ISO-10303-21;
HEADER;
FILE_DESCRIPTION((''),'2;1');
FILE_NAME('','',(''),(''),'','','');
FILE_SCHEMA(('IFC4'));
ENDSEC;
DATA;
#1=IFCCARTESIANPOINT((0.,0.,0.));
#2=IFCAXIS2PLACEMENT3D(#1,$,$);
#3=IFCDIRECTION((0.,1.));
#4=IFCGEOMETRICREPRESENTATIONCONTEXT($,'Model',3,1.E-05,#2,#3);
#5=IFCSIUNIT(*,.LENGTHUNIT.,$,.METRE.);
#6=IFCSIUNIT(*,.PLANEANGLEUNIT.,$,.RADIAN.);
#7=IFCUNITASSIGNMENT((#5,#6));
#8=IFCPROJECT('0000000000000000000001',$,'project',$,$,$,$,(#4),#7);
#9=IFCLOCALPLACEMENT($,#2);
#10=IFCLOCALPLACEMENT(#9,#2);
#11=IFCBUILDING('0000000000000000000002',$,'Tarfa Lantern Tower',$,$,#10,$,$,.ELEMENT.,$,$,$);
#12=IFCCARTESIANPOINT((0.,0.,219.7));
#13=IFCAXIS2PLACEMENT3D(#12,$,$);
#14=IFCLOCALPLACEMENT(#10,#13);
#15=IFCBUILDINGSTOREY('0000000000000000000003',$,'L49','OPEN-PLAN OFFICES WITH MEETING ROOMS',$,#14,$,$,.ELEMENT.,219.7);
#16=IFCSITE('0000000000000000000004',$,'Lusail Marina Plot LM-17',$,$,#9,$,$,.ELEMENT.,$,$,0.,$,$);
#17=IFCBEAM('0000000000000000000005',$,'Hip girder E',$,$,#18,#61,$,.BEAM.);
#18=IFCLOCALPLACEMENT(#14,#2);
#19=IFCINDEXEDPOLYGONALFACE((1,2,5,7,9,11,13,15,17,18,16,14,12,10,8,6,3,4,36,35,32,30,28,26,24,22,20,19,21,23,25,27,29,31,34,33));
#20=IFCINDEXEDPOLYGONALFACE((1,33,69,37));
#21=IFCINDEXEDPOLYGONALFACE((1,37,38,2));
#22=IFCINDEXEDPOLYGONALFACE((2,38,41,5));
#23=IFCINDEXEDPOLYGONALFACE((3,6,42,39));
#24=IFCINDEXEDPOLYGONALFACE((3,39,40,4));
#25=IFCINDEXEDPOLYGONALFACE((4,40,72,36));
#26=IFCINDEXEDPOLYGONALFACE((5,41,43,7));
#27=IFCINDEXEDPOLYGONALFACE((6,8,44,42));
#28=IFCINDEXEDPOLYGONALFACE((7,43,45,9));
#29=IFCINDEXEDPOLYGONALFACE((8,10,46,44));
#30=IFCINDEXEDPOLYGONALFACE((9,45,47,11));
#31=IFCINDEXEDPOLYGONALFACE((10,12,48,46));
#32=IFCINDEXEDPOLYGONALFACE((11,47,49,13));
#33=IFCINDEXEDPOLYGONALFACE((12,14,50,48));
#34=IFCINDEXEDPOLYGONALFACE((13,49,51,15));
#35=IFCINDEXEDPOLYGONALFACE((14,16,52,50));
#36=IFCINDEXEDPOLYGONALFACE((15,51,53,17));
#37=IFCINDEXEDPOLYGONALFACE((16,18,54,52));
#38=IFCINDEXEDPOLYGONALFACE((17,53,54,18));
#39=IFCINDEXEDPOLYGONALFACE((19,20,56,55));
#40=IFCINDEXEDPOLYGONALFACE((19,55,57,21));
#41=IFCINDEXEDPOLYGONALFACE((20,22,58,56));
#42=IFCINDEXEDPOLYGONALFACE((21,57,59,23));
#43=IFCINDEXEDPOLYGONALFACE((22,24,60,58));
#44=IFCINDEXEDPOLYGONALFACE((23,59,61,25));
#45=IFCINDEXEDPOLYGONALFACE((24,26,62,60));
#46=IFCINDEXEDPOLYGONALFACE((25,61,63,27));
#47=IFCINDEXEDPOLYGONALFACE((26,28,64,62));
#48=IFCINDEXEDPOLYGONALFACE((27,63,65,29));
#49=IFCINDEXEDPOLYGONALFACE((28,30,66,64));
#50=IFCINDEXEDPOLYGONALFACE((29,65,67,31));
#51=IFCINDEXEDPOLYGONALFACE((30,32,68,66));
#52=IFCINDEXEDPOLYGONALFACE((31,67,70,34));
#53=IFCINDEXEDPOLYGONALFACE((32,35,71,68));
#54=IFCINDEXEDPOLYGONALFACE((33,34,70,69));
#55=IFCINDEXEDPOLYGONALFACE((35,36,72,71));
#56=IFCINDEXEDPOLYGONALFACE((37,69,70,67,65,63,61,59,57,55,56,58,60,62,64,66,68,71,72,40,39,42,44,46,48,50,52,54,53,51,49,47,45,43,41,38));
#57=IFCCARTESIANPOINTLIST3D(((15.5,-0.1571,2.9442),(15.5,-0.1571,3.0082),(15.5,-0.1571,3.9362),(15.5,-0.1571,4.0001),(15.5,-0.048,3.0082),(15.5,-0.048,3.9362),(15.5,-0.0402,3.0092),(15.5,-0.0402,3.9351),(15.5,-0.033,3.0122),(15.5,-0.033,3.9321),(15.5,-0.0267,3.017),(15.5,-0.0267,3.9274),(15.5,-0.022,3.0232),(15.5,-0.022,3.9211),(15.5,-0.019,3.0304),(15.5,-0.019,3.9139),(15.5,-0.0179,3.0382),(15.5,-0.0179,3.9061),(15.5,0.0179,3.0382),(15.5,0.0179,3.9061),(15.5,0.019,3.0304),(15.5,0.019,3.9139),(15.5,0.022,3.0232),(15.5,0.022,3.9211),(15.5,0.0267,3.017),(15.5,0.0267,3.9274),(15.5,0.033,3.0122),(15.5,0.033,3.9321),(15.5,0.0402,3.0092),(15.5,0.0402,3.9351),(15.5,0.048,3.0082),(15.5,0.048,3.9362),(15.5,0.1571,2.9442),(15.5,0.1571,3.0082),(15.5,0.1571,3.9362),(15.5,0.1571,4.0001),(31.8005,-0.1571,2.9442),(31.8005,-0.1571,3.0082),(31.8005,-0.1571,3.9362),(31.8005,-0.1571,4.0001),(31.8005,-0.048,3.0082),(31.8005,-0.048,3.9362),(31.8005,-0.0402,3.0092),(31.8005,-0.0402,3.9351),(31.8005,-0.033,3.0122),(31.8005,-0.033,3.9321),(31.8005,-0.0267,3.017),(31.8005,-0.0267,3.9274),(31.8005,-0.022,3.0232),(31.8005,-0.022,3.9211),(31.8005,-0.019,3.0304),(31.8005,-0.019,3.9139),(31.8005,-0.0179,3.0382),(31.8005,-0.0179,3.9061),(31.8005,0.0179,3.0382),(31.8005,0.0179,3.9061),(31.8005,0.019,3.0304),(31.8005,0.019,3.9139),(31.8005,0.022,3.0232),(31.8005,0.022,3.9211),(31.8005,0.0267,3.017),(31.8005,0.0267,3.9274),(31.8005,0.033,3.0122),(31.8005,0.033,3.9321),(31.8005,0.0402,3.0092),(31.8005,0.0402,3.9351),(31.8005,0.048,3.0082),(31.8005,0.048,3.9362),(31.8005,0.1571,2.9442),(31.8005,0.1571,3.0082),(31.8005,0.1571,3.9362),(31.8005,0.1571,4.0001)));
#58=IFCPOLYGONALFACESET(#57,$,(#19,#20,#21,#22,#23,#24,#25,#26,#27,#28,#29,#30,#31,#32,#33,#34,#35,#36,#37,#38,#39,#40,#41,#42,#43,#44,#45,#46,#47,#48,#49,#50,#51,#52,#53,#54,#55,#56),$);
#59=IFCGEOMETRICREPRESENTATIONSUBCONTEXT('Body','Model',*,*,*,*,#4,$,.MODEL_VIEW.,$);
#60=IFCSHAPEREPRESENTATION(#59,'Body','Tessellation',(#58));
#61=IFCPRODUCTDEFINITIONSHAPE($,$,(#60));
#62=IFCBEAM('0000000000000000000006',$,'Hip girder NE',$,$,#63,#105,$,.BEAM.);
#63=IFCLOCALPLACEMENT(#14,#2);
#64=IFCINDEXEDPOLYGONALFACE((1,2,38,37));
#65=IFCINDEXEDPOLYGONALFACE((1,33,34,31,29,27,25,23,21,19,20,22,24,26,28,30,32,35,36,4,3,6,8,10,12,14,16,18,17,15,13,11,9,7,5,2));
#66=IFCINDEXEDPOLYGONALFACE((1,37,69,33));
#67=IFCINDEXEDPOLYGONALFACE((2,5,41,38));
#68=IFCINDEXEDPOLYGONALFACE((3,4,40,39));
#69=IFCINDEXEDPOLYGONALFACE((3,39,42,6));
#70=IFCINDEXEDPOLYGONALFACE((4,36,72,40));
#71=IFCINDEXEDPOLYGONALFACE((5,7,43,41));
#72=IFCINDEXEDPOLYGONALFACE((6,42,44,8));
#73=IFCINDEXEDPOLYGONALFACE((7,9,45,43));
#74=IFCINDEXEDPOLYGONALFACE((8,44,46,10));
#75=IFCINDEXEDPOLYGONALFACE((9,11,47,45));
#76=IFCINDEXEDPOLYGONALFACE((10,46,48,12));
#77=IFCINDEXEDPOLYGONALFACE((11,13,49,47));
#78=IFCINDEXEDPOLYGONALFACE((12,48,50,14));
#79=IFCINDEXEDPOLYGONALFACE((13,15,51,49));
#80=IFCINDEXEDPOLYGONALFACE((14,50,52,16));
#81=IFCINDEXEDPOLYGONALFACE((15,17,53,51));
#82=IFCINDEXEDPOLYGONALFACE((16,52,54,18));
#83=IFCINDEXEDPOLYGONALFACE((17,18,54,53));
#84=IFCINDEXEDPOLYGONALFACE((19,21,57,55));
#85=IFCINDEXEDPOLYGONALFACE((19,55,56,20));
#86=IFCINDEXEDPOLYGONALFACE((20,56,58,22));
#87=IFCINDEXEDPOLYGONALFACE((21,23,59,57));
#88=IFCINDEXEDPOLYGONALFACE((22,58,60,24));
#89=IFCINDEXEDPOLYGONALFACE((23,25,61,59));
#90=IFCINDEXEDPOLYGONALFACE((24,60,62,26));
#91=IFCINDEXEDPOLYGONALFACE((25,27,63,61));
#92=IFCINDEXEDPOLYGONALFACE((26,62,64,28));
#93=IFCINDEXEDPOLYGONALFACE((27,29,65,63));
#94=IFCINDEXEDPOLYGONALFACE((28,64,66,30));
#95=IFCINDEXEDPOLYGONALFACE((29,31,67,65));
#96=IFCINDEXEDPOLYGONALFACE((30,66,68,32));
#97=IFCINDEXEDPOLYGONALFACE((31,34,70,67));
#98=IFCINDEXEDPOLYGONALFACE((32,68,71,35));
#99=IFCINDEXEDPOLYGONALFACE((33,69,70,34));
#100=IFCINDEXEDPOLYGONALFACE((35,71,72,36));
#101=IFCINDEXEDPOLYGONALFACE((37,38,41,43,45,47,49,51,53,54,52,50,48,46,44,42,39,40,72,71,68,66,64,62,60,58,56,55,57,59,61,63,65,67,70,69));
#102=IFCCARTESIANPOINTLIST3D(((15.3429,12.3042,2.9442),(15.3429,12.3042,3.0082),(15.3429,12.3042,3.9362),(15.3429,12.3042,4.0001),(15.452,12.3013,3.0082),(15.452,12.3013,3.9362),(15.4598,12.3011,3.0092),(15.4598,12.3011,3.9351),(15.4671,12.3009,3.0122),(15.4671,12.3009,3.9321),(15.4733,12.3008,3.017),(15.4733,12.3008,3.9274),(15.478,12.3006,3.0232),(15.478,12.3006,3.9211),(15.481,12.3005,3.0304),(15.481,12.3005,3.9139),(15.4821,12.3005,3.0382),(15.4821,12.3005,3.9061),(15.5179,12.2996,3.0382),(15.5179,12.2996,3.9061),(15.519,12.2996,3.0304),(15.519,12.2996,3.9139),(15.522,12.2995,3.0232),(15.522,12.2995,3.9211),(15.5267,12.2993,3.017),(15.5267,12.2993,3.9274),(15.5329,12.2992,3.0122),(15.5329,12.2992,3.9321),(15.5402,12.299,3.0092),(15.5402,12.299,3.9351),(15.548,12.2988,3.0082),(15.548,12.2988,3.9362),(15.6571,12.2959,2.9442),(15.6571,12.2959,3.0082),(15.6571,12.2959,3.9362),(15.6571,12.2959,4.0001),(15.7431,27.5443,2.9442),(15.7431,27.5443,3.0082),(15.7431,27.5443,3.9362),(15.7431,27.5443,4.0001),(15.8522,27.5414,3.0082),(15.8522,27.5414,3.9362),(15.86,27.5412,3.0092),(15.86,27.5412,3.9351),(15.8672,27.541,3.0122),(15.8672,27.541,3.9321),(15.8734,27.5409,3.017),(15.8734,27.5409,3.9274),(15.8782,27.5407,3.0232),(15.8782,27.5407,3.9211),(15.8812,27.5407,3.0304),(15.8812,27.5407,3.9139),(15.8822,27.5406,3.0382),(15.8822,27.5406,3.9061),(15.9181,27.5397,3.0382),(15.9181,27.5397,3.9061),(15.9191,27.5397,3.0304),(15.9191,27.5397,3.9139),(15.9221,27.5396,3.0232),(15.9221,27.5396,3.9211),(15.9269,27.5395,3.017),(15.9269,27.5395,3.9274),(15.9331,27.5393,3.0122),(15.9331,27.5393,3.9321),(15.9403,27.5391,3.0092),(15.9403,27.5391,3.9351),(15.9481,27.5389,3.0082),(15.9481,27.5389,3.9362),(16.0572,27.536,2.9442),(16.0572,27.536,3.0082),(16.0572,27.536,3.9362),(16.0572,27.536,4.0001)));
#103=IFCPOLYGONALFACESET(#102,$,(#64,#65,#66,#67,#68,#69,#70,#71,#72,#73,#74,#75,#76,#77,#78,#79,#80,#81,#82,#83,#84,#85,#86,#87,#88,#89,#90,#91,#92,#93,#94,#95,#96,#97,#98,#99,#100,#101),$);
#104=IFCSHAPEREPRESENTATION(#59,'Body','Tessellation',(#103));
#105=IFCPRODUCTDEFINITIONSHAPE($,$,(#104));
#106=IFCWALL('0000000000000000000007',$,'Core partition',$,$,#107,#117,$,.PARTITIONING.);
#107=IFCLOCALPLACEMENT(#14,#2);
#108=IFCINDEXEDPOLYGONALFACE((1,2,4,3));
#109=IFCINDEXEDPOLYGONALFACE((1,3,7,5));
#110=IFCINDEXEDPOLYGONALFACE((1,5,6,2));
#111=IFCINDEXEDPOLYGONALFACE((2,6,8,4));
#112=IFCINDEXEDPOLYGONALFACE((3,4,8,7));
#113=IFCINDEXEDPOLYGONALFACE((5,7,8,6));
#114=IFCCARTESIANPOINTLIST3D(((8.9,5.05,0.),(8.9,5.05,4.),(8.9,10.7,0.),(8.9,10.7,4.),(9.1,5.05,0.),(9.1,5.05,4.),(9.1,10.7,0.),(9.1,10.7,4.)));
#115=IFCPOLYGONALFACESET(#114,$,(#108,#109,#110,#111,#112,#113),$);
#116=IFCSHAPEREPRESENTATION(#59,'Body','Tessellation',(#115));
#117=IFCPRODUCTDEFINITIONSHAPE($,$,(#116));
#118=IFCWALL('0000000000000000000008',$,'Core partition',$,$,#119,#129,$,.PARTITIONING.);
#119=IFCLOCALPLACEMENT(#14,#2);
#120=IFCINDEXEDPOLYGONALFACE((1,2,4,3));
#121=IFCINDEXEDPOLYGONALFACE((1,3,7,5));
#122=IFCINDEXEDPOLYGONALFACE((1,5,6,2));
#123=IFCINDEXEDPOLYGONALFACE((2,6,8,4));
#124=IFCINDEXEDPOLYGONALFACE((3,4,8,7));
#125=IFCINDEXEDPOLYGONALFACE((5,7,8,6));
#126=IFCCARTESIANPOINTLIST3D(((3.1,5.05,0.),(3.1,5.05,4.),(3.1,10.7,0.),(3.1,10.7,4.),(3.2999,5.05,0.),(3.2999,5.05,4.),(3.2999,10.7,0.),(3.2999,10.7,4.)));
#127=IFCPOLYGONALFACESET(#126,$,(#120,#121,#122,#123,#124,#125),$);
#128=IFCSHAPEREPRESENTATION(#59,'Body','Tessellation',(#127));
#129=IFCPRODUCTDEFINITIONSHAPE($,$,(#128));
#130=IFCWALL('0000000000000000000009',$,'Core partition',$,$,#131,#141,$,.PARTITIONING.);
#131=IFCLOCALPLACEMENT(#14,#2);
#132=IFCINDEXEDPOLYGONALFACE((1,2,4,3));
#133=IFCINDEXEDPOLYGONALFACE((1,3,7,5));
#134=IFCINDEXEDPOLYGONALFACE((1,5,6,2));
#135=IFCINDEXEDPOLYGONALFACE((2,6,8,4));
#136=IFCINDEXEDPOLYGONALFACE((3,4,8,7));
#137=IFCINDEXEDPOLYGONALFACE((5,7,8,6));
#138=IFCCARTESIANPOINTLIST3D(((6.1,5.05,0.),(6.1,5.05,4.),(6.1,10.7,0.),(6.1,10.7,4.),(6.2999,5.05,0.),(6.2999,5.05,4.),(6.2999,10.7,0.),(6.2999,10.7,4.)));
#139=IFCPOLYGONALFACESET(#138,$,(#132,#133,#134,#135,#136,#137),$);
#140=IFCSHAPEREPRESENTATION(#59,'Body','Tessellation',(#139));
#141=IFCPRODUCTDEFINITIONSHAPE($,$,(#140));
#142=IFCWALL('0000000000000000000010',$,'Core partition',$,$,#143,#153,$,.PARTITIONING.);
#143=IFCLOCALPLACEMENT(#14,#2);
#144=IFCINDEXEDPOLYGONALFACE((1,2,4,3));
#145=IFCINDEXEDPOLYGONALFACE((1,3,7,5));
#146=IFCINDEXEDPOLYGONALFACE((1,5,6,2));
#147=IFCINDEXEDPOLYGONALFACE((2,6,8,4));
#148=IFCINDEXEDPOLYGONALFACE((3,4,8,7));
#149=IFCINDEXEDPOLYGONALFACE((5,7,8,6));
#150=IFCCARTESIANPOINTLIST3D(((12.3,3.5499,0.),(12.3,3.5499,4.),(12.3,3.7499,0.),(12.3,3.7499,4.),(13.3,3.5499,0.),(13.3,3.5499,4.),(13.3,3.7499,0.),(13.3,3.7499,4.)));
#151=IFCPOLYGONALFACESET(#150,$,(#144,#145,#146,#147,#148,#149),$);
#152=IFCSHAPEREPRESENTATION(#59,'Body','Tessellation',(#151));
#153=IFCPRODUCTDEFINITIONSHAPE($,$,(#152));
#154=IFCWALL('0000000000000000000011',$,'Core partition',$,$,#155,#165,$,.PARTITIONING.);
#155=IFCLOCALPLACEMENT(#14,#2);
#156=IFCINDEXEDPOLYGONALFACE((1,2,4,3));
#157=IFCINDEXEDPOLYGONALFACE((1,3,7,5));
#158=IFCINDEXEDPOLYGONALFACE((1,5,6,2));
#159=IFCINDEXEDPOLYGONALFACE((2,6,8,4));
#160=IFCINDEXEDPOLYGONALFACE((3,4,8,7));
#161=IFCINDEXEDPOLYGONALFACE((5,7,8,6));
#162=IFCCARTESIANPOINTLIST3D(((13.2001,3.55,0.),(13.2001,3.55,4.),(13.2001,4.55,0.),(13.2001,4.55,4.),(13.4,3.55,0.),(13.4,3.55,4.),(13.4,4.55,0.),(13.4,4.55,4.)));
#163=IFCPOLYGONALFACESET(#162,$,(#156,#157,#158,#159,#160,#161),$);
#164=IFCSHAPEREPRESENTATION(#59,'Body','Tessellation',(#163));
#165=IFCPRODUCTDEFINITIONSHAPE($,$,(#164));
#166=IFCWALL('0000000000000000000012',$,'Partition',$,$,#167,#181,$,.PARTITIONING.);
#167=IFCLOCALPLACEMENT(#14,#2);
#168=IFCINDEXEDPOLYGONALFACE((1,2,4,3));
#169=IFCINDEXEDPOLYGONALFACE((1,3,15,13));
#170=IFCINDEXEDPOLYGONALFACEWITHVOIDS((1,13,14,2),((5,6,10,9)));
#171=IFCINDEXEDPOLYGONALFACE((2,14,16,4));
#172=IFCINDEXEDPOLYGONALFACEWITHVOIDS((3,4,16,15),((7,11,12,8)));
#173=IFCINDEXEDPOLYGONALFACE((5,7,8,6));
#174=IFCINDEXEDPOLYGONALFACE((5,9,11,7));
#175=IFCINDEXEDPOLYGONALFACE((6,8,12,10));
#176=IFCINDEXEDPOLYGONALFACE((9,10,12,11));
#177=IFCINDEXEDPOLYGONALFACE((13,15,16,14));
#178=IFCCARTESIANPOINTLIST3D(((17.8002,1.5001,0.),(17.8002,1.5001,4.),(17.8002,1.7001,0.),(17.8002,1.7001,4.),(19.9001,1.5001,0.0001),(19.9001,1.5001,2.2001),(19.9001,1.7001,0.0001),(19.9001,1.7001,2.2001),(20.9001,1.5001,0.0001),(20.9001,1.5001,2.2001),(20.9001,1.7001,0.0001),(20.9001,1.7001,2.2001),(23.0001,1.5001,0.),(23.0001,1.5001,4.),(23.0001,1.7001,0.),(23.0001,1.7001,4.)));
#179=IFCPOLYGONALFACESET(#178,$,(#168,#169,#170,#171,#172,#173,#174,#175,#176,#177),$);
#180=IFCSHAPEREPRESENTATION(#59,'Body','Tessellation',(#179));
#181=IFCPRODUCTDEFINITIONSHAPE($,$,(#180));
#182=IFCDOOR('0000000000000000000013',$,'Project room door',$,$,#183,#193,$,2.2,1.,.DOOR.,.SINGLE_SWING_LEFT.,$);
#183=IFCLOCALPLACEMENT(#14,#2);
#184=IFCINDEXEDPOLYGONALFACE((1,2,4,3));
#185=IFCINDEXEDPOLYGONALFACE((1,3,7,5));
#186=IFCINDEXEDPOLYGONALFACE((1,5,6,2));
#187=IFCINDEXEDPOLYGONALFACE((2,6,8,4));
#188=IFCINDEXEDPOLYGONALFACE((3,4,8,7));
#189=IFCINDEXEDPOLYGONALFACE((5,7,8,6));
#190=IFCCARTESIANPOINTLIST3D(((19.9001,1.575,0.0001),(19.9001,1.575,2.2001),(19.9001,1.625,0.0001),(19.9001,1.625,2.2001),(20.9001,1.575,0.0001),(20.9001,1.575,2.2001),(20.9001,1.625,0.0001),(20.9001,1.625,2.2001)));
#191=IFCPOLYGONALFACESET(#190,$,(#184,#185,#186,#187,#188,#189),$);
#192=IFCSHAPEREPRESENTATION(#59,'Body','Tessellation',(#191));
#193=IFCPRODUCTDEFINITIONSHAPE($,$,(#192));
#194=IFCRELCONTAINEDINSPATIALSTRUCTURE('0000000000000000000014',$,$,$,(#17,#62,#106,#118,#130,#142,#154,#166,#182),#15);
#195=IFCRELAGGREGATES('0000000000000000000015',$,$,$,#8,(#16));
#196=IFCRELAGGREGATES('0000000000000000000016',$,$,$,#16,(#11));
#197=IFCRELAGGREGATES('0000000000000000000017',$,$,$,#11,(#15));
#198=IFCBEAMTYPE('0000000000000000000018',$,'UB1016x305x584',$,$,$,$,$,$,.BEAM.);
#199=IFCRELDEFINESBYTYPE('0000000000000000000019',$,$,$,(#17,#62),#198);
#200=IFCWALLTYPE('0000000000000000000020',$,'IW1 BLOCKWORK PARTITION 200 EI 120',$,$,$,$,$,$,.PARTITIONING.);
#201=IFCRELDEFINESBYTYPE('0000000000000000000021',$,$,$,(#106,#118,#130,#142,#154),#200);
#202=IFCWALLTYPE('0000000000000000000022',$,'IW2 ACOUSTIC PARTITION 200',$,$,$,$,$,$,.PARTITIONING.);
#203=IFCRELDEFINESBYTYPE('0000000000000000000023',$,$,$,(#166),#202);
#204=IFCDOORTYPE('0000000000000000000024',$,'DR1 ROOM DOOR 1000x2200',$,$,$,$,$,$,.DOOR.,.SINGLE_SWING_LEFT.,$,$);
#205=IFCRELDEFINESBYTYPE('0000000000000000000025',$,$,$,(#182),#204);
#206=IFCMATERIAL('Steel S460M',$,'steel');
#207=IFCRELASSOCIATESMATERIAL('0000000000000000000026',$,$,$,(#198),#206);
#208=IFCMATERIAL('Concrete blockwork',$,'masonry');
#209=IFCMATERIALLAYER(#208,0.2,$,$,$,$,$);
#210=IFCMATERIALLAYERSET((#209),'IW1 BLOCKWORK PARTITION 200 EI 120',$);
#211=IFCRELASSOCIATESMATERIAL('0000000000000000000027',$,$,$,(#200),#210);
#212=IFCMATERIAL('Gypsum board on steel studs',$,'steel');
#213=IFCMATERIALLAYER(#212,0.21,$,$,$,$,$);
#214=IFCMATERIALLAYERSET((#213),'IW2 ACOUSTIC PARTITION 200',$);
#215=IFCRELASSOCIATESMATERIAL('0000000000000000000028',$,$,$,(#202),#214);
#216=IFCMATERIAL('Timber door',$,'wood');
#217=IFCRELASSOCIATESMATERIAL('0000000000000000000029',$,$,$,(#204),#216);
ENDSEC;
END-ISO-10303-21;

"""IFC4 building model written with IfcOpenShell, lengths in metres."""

from ifc_helpers import new_model, si_unit, direction, frame, frame_2d, origin, origin_2d, place, context, subcontext, project, spatial, rectangle, i_section, extrude, material, layer, layer_set, material_profile, profile_set, type_object, element, fill, save


model = new_model("IFC4")

# Units and contexts
model_context = context("Model", 3, precision=1e-05, world=origin(), true_north=direction((0.0, 1.0)))
body_context = subcontext(model_context, "Body", "Model", "MODEL_VIEW")
ifc_project = project(units=[si_unit("LENGTHUNIT", "METRE"), si_unit("PLANEANGLEUNIT", "RADIAN")], contexts=[model_context])

# Site, building, storey
site_placement = place(None, origin())
site = spatial("IfcSite", under=ifc_project, at=site_placement, Name="Lusail Marina Plot LM-17", CompositionType="ELEMENT", RefElevation=0.0)
building_placement = place(site_placement, origin())
building = spatial("IfcBuilding", under=site, at=building_placement, Name="Tarfa Lantern Tower", CompositionType="ELEMENT")
storey_placement = place(building_placement, frame((0.0, 0.0, 219.7)))
storey = spatial("IfcBuildingStorey", under=building, at=storey_placement, Name="L49", Description="OPEN-PLAN OFFICES WITH MEETING ROOMS", CompositionType="ELEMENT", Elevation=219.7)

# Beams
ifc_material_1 = material(Name="Steel S460M", Category="steel")
ifc_material_profile = material_profile(ifc_material_1, i_section(OverallWidth=0.3142, OverallDepth=1.0559, WebThickness=0.0359, FlangeThickness=0.064, FilletRadius=0.03, at=origin_2d()), Name="UB1016x305x584")
ifc_profile_set = profile_set([ifc_material_profile], Name="Steel S460M")
beam_type = type_object("IfcBeamType", Name="UB1016x305x584", PredefinedType="BEAM", material=ifc_profile_set)
beam_1_placement = place(storey_placement, frame((15.5, 0.0, 3.4722), z_axis=(1.0, 0.0, 0.0), x_axis=(0.0, 1.0, 0.0)))
element("IfcBeam", 1, at=beam_1_placement, inside=storey, type_object=beam_type, Name="Hip girder E", PredefinedType="BEAM", context=body_context, shape_type="SweptSolid", body=[
    extrude(i_section(OverallWidth=0.3142, OverallDepth=1.0559, WebThickness=0.0359, FlangeThickness=0.064, FilletRadius=0.03, at=origin_2d()), origin(), (0.0, 0.0, 1.0), 16.3005),
])
beam_2_placement = place(storey_placement, frame((15.5, 12.3, 3.4722), z_axis=(0.026247, 0.999655, 0.0), x_axis=(-0.999655, 0.026247, 0.0)))
element("IfcBeam", 2, at=beam_2_placement, inside=storey, type_object=beam_type, Name="Hip girder NE", PredefinedType="BEAM", context=body_context, shape_type="SweptSolid", body=[
    extrude(i_section(OverallWidth=0.3142, OverallDepth=1.0559, WebThickness=0.0359, FlangeThickness=0.064, FilletRadius=0.03, at=origin_2d()), origin(), (0.0, 0.0, 1.0), 15.2454),
])

# Walls
ifc_material_2 = material(Name="Concrete blockwork", Category="masonry")
ifc_layer_1 = layer(ifc_material_2, 0.2)
ifc_layer_set_1 = layer_set([ifc_layer_1], Name="IW1 BLOCKWORK PARTITION 200 EI 120")
wall_type_1 = type_object("IfcWallType", Name="IW1 BLOCKWORK PARTITION 200 EI 120", PredefinedType="PARTITIONING", material=ifc_layer_set_1)
for number, where, z_axis, x_axis, name in (
    (3, (9.0, 5.05, 0.0), (0.0, 0.0, 1.0), (0.0, 1.0, 0.0), "Core partition"),
    (4, (3.2, 5.05, 0.0), (0.0, 0.0, 1.0), (0.0, 1.0, 0.0), "Core partition"),
    (5, (6.2, 5.05, 0.0), (0.0, 0.0, 1.0), (0.0, 1.0, 0.0), "Core partition"),
):
    element("IfcWall", number, at=place(storey_placement, frame(where, z_axis=z_axis, x_axis=x_axis)), inside=storey, type_object=wall_type_1, Name=name, PredefinedType="PARTITIONING", context=body_context, shape_type="SweptSolid", body=[
        extrude(rectangle(XDim=5.6499, YDim=0.2, at=frame_2d((2.825, 0.0))), origin(), (0.0, 0.0, 1.0), 4.0),
    ])
for number, where, z_axis, x_axis, name in (
    (6, (12.3, 3.6499, 0.0), (0.0, 0.0, 1.0), (1.0, 0.0, 0.0), "Core partition"),
    (7, (13.3, 3.55, 0.0), (0.0, 0.0, 1.0), (0.0, 1.0, 0.0), "Core partition"),
):
    element("IfcWall", number, at=place(storey_placement, frame(where, z_axis=z_axis, x_axis=x_axis)), inside=storey, type_object=wall_type_1, Name=name, PredefinedType="PARTITIONING", context=body_context, shape_type="SweptSolid", body=[
        extrude(rectangle(XDim=1.0, YDim=0.2, at=frame_2d((0.5, 0.0))), origin(), (0.0, 0.0, 1.0), 4.0),
    ])

# Wall, opening, door
ifc_material_3 = material(Name="Gypsum board on steel studs", Category="steel")
ifc_layer_2 = layer(ifc_material_3, 0.21)
ifc_layer_set_2 = layer_set([ifc_layer_2], Name="IW2 ACOUSTIC PARTITION 200")
wall_type_2 = type_object("IfcWallType", Name="IW2 ACOUSTIC PARTITION 200", PredefinedType="PARTITIONING", material=ifc_layer_set_2)
wall_1_placement = place(storey_placement, frame((17.8, 1.6001, 0.0), z_axis=(0.0, 0.0, 1.0), x_axis=(1.0, 0.0, 0.0)))
wall_1 = element("IfcWall", 8, at=wall_1_placement, inside=storey, type_object=wall_type_2, Name="Partition", PredefinedType="PARTITIONING", context=body_context, shape_type="SweptSolid", body=[
    extrude(rectangle(XDim=5.2, YDim=0.2, at=frame_2d((2.6001, 0.0))), origin(), (0.0, 0.0, 1.0), 4.0),
])
opening_1_placement = place(wall_1_placement, frame((2.1001, 0.0, 0.0)))
opening_1 = element("IfcOpeningElement", 9, at=opening_1_placement, cuts=wall_1, PredefinedType="OPENING", context=body_context, shape_type="SweptSolid", body=[
    extrude(rectangle(XDim=1.0, YDim=2.2, at=frame_2d((0.5, 1.1001))), frame((0.0, 0.1099, 0.0), z_axis=(0.0, -1.0, 0.0), x_axis=(1.0, 0.0, 0.0)), (0.0, 0.0, 1.0), 0.22),
])
ifc_material_4 = material(Name="Timber door", Category="wood")
door_type_1 = type_object("IfcDoorType", Name="DR1 ROOM DOOR 1000x2200", OperationType="SINGLE_SWING_LEFT", PredefinedType="DOOR", material=ifc_material_4)
door_1_placement = place(opening_1_placement, origin())
door_1 = element("IfcDoor", 10, at=door_1_placement, inside=storey, type_object=door_type_1, Name="Project room door", OperationType="SINGLE_SWING_LEFT", OverallHeight=2.2, OverallWidth=1.0, PredefinedType="DOOR", context=body_context, shape_type="SweptSolid", body=[
    extrude(rectangle(XDim=1.0, YDim=2.2, at=frame_2d((0.5, 1.1001))), frame((0.0, 0.0249, 0.0), z_axis=(0.0, -1.0, 0.0), x_axis=(1.0, 0.0, 0.0)), (0.0, 0.0, 1.0), 0.05),
])
fill(opening_1, door_1)

save(model, "model.ifc")
